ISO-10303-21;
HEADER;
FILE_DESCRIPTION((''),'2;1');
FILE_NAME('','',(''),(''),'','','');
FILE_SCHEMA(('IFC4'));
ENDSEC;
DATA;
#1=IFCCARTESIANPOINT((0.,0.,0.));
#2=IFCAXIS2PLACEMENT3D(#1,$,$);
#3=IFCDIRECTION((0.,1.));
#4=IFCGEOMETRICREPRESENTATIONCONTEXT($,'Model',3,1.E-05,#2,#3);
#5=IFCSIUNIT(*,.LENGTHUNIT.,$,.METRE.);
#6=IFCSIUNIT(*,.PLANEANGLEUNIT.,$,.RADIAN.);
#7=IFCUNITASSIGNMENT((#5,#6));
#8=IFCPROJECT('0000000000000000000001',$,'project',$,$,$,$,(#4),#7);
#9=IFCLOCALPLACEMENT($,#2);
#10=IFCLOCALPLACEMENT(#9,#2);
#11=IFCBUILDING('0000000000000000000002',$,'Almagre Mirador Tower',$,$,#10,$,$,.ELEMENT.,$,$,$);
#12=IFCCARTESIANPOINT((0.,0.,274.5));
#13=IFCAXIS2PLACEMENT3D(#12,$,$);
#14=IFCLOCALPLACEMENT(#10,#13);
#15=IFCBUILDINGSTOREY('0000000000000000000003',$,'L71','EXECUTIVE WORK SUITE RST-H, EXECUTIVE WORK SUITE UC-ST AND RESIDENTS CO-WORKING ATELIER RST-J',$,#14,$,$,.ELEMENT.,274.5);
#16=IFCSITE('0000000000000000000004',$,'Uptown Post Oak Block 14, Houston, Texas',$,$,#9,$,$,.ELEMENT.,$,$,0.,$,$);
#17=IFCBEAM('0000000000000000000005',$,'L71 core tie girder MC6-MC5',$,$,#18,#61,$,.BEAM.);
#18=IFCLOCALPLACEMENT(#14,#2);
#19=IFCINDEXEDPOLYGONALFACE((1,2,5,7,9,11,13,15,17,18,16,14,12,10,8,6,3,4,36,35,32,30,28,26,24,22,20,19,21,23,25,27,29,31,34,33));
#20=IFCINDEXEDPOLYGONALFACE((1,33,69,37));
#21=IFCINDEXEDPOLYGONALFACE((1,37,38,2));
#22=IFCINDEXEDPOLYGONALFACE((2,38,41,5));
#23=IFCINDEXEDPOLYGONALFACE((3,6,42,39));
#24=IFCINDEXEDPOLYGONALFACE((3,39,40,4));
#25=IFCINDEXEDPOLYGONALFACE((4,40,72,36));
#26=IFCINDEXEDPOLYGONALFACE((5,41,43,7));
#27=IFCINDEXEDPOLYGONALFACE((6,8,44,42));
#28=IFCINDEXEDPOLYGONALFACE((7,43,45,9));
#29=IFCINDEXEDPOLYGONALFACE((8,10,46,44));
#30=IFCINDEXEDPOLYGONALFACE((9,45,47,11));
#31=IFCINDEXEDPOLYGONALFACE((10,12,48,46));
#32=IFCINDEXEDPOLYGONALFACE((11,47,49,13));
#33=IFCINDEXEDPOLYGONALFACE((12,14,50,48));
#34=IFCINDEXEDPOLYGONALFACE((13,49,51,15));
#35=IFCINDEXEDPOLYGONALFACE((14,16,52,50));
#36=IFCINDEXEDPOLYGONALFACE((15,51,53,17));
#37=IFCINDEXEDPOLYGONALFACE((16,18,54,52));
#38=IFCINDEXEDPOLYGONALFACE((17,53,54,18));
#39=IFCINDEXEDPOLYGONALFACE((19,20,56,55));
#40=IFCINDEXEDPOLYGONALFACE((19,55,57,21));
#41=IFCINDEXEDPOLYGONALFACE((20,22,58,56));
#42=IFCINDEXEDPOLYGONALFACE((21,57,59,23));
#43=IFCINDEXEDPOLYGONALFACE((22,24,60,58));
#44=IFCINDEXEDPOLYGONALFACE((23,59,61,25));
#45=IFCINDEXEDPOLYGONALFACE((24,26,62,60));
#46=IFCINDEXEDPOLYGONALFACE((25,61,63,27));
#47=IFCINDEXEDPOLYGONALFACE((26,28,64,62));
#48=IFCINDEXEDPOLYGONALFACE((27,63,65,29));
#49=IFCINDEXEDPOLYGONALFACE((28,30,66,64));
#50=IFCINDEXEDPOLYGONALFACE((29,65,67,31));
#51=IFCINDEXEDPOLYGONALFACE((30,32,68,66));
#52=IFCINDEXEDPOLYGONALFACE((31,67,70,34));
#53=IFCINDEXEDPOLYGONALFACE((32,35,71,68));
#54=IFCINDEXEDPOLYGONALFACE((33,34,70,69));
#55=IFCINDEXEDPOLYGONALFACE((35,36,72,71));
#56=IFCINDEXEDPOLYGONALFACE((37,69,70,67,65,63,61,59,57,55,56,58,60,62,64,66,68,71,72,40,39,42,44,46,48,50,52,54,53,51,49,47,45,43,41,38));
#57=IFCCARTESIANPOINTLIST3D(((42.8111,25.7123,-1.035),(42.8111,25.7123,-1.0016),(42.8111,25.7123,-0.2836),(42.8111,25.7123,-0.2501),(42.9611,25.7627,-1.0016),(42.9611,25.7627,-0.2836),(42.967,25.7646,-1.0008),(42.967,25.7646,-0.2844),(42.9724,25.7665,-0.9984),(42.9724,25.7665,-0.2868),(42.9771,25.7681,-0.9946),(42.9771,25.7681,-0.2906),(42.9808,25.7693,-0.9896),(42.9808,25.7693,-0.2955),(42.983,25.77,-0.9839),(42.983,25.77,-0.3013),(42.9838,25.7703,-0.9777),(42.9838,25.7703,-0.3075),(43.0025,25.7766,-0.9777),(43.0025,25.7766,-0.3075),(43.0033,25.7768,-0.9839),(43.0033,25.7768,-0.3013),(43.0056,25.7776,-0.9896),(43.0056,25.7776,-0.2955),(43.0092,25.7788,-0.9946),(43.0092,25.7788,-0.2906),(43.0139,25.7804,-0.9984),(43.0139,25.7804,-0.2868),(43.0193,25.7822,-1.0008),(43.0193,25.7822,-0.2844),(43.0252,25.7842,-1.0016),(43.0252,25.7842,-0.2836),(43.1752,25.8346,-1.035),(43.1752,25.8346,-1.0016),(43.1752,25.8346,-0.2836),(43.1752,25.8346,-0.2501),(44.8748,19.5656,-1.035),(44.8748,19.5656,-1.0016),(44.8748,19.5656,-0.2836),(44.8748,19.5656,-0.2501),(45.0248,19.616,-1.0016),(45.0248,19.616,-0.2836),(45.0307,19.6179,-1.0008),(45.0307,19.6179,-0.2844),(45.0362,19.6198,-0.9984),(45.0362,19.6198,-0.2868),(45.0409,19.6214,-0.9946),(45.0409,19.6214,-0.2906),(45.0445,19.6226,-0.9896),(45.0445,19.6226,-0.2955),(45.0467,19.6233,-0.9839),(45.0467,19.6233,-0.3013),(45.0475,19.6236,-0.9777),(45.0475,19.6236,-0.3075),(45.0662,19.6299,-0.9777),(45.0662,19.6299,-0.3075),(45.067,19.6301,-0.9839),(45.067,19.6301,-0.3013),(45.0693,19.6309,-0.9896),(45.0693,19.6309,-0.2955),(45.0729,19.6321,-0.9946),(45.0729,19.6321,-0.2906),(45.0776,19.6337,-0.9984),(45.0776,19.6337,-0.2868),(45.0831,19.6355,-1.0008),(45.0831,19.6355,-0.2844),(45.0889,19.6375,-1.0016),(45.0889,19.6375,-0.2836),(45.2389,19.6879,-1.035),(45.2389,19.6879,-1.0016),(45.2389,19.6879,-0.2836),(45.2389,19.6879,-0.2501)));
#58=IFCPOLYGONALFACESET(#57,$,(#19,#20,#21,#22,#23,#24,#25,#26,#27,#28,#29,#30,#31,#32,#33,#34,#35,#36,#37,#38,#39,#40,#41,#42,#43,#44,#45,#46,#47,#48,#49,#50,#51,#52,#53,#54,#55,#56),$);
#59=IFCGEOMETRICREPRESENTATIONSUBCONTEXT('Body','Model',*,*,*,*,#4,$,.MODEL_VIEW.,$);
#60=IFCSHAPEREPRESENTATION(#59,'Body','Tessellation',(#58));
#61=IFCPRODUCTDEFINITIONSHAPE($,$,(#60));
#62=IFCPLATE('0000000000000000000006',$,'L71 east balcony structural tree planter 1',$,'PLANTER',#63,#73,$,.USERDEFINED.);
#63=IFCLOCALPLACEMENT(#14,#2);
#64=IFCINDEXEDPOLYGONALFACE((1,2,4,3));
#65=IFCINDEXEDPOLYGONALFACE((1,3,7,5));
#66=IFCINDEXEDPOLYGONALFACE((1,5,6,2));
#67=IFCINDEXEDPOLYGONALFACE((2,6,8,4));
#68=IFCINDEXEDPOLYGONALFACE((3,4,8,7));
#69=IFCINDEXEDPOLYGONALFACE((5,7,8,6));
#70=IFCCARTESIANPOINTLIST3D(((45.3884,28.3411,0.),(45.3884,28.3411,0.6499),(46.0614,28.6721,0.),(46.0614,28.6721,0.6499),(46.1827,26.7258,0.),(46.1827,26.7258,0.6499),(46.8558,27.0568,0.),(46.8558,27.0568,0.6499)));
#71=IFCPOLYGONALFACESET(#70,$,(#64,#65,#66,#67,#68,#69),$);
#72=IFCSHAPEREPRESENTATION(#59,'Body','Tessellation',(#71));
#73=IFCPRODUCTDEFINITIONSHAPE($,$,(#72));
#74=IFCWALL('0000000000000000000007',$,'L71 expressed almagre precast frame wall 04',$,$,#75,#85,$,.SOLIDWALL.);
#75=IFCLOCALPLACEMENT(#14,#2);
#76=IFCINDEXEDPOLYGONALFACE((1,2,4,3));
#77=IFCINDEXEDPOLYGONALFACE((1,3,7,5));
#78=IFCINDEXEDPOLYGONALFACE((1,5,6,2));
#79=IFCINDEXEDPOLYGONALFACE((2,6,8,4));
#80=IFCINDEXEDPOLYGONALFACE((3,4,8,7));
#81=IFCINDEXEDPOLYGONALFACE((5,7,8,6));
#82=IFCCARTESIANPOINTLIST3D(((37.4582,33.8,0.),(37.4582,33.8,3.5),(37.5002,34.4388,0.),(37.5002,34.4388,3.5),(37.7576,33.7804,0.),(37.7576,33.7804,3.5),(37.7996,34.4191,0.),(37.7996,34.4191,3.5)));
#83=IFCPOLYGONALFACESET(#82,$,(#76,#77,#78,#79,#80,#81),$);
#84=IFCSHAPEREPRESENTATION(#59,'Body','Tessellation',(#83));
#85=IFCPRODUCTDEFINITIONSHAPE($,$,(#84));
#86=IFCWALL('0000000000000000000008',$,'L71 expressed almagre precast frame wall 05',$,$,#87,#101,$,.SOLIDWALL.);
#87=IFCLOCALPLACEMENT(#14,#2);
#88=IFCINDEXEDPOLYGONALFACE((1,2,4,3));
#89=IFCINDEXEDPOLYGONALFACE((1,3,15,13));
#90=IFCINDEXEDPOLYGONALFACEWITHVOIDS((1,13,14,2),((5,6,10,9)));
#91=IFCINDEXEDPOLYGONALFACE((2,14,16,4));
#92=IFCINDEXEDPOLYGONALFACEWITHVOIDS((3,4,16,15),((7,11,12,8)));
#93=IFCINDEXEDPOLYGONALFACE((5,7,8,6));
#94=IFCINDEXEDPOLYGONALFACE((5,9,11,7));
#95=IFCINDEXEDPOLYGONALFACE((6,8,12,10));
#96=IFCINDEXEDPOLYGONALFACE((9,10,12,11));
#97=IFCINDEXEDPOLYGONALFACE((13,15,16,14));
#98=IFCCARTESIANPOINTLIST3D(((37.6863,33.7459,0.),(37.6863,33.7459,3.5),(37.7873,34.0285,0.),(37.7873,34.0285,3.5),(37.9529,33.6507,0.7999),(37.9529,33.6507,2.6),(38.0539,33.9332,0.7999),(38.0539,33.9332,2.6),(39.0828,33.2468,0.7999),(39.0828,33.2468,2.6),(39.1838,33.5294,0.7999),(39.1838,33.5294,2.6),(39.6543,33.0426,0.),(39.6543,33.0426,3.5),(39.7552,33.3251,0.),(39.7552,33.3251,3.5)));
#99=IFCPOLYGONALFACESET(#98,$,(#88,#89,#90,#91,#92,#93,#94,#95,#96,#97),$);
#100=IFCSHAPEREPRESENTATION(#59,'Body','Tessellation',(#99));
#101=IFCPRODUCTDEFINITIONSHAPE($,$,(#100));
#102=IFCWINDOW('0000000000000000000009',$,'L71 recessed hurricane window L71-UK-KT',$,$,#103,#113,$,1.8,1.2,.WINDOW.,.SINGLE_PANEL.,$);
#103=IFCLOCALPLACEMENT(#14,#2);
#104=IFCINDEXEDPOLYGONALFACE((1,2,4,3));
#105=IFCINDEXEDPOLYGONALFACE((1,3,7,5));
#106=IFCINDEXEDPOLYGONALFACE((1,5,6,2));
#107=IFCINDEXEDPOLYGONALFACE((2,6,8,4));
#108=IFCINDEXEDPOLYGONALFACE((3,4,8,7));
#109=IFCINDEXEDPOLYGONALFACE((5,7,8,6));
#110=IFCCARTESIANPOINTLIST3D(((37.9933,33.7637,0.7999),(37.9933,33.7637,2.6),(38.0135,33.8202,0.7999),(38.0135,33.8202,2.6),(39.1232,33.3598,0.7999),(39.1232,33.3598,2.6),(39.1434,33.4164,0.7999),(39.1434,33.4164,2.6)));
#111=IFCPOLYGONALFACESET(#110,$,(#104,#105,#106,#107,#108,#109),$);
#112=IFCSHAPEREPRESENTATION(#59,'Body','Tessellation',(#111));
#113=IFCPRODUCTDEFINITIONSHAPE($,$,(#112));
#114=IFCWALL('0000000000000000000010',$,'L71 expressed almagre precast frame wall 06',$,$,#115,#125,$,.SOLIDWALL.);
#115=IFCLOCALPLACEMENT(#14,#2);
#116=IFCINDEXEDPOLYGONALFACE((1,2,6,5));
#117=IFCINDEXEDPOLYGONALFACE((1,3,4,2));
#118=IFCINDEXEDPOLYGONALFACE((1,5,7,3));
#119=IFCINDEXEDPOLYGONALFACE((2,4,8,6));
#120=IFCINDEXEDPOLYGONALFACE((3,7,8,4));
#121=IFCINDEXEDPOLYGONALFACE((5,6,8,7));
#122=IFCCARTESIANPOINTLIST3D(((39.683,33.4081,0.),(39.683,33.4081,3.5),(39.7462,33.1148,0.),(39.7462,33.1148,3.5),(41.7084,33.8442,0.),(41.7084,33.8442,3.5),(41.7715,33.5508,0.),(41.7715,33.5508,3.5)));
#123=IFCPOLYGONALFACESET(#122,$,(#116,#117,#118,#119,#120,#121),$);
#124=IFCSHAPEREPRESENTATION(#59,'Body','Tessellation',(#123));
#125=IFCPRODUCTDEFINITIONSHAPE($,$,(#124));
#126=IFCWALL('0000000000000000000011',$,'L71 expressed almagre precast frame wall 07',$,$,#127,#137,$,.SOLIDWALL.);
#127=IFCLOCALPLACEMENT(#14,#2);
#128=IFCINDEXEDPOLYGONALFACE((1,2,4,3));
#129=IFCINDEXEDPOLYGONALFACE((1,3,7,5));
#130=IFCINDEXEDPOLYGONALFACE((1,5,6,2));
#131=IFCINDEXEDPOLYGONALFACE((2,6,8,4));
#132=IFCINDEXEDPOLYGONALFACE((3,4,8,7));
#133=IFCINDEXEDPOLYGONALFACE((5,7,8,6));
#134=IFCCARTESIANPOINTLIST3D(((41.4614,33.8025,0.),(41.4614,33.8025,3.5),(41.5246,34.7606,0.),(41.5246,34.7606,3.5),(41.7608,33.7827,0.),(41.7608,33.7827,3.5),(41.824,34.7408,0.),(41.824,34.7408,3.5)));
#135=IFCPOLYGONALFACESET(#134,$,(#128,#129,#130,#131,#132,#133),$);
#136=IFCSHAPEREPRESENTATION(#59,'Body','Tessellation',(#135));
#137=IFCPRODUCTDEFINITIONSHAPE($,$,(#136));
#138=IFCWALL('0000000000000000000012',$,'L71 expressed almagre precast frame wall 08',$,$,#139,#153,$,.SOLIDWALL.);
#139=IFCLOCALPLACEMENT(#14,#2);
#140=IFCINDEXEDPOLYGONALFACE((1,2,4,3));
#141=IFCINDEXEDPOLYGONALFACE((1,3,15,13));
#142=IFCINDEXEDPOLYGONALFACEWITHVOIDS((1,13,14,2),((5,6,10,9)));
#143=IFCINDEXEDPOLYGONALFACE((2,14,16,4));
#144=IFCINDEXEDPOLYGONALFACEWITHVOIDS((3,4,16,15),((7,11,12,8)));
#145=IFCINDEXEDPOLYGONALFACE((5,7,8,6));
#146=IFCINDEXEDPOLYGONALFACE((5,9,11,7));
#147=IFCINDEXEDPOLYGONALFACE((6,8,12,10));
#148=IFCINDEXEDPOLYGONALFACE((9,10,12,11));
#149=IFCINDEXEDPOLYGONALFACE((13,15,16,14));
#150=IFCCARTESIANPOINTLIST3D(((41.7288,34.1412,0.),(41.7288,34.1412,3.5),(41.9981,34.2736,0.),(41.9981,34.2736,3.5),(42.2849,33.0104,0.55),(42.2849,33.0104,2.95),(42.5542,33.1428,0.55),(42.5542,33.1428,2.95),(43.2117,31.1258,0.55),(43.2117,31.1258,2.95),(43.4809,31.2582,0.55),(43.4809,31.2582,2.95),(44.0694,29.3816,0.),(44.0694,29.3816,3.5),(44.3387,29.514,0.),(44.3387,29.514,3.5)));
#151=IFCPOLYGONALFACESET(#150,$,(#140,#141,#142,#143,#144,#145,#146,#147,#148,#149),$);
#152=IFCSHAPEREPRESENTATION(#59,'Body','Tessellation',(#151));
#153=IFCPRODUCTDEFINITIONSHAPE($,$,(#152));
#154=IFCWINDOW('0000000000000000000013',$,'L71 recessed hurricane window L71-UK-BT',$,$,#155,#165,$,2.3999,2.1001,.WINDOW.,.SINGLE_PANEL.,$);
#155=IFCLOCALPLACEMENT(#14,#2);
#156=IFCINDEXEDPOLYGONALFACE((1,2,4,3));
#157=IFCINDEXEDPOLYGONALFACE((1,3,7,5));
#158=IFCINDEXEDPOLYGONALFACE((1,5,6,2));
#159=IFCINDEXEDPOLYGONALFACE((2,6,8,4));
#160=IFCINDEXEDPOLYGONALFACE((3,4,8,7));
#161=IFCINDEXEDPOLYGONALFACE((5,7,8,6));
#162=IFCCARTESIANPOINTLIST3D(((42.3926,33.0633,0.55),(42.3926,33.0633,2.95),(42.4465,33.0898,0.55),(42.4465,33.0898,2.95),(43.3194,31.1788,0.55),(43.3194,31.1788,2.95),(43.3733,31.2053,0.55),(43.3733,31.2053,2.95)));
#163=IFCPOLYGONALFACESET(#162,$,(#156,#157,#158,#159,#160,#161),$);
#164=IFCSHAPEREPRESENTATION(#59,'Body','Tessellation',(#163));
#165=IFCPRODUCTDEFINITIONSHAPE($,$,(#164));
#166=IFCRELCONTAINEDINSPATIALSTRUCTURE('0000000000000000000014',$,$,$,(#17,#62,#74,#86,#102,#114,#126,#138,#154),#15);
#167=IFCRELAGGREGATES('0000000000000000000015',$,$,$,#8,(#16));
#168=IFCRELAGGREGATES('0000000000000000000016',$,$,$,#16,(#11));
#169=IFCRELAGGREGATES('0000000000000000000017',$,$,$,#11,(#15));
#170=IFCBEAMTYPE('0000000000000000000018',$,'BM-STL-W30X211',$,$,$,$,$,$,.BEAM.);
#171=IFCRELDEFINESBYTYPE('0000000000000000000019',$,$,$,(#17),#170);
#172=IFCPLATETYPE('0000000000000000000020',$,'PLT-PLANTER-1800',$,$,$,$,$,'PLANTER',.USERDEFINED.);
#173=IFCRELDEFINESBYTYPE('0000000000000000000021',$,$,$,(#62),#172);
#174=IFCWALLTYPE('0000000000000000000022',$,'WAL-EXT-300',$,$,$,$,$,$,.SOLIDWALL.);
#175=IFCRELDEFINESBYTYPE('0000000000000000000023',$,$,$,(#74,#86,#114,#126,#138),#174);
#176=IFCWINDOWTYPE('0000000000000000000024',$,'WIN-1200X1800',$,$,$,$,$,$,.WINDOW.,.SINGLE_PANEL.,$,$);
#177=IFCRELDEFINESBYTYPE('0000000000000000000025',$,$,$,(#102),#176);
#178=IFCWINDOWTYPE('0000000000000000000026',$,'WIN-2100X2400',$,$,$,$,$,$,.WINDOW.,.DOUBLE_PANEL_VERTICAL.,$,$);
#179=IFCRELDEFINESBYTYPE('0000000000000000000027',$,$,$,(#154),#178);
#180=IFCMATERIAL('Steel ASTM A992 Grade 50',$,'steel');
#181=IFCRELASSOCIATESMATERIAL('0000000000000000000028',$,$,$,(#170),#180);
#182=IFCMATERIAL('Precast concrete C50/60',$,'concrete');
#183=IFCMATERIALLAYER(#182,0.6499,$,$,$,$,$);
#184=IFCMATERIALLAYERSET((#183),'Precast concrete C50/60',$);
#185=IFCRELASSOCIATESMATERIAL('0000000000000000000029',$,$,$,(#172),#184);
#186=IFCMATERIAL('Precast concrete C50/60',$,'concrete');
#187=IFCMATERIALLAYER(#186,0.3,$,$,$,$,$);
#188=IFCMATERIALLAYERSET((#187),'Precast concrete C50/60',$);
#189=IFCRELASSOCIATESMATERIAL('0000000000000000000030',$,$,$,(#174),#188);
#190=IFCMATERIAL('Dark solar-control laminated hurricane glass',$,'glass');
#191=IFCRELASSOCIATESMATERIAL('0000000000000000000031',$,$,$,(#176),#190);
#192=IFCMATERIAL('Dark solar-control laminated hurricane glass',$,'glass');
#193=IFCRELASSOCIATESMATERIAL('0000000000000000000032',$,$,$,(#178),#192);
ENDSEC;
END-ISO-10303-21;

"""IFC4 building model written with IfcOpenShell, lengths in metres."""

from ifc_helpers import new_model, si_unit, direction, frame, frame_2d, origin, origin_2d, place, context, subcontext, project, spatial, rectangle, i_section, extrude, material, layer, layer_set, material_profile, profile_set, type_object, element, fill, save


model = new_model("IFC4")

# Units and contexts
model_context = context("Model", 3, precision=1e-05, world=origin(), true_north=direction((0.0, 1.0)))
body_context = subcontext(model_context, "Body", "Model", "MODEL_VIEW")
ifc_project = project(units=[si_unit("LENGTHUNIT", "METRE"), si_unit("PLANEANGLEUNIT", "RADIAN")], contexts=[model_context])

# Site, building, storey
site_placement = place(None, origin())
site = spatial("IfcSite", under=ifc_project, at=site_placement, Name="Uptown Post Oak Block 14, Houston, Texas", CompositionType="ELEMENT", RefElevation=0.0)
building_placement = place(site_placement, origin())
building = spatial("IfcBuilding", under=site, at=building_placement, Name="Almagre Mirador Tower", CompositionType="ELEMENT")
storey_placement = place(building_placement, frame((0.0, 0.0, 274.5)))
storey = spatial("IfcBuildingStorey", under=building, at=storey_placement, Name="L71", Description="EXECUTIVE WORK SUITE RST-H, EXECUTIVE WORK SUITE UC-ST AND RESIDENTS CO-WORKING ATELIER RST-J", CompositionType="ELEMENT", Elevation=274.5)

# Beam
ifc_material_1 = material(Name="Steel ASTM A992 Grade 50", Category="steel")
ifc_material_profile_1 = material_profile(ifc_material_1, i_section(OverallWidth=0.384, OverallDepth=0.7849, WebThickness=0.0198, FlangeThickness=0.0334, FilletRadius=0.0239, at=origin_2d()), Name="W30X211")
ifc_profile_set_1 = profile_set([ifc_material_profile_1], Name="Steel ASTM A992 Grade 50")
beam_type_1 = type_object("IfcBeamType", Name="BM-STL-W30X211", PredefinedType="BEAM", material=ifc_profile_set_1)
beam_1_placement = place(storey_placement, frame((42.9932, 25.7734, -0.6426), z_axis=(0.318283, -0.947996, 0.0), x_axis=(0.947996, 0.318283, 0.0)))
element("IfcBeam", 1, at=beam_1_placement, inside=storey, type_object=beam_type_1, Name="L71 core tie girder MC6-MC5", PredefinedType="BEAM", context=body_context, shape_type="SweptSolid", body=[
    extrude(i_section(OverallWidth=0.384, OverallDepth=0.7849, WebThickness=0.0198, FlangeThickness=0.0334, FilletRadius=0.0239, at=origin_2d()), origin(), (0.0, 0.0, 1.0), 6.4839),
])

# Plate
ifc_material_2 = material(Name="Precast concrete C50/60", Category="concrete")
ifc_layer_1 = layer(ifc_material_2, 0.6499)
ifc_layer_set_1 = layer_set([ifc_layer_1], Name="Precast concrete C50/60")
plate_type = type_object("IfcPlateType", Name="PLT-PLANTER-1800", ElementType="PLANTER", PredefinedType="USERDEFINED", material=ifc_layer_set_1)
plate_placement = place(storey_placement, frame((46.1221, 27.699, 0.0), z_axis=(0.0, 0.0, 1.0), x_axis=(-0.441287, 0.897366, 0.0)))
element("IfcPlate", 2, at=plate_placement, inside=storey, type_object=plate_type, Name="L71 east balcony structural tree planter 1", ObjectType="PLANTER", PredefinedType="USERDEFINED", context=body_context, shape_type="SweptSolid", body=[
    extrude(rectangle(XDim=1.8, YDim=0.75, at=origin_2d()), origin(), (0.0, 0.0, 1.0), 0.6499),
])

# Wall
ifc_material_3 = material(Name="Precast concrete C50/60", Category="concrete")
ifc_layer_2 = layer(ifc_material_3, 0.3)
ifc_layer_set_2 = layer_set([ifc_layer_2], Name="Precast concrete C50/60")
wall_type_1 = type_object("IfcWallType", Name="WAL-EXT-300", PredefinedType="SOLIDWALL", material=ifc_layer_set_2)
wall_1_placement = place(storey_placement, frame((37.6499, 34.429, 0.0), z_axis=(0.0, 0.0, 1.0), x_axis=(-0.065608, -0.997846, 0.0)))
element("IfcWall", 3, at=wall_1_placement, inside=storey, type_object=wall_type_1, Name="L71 expressed almagre precast frame wall 04", PredefinedType="SOLIDWALL", context=body_context, shape_type="SweptSolid", body=[
    extrude(rectangle(XDim=0.6401, YDim=0.3, at=frame_2d((0.3201, 0.0))), origin(), (0.0, 0.0, 1.0), 3.5),
])

# Wall, opening, window
wall_2_placement = place(storey_placement, frame((37.7368, 33.8872, 0.0), z_axis=(0.0, 0.0, 1.0), x_axis=(0.941665, -0.336551, 0.0)))
wall_2 = element("IfcWall", 4, at=wall_2_placement, inside=storey, type_object=wall_type_1, Name="L71 expressed almagre precast frame wall 05", PredefinedType="SOLIDWALL", context=body_context, shape_type="SweptSolid", body=[
    extrude(rectangle(XDim=2.0898, YDim=0.3, at=frame_2d((1.0449, 0.0))), origin(), (0.0, 0.0, 1.0), 3.5),
])
opening_1_placement = place(wall_2_placement, frame((0.283, 0.0, 0.8)))
opening_1 = element("IfcOpeningElement", 5, at=opening_1_placement, cuts=wall_2, PredefinedType="OPENING", context=body_context, shape_type="SweptSolid", body=[
    extrude(rectangle(XDim=1.2, YDim=1.8, at=frame_2d((0.6001, 0.8999))), frame((0.0, 0.1599, 0.0), z_axis=(0.0, -1.0, 0.0), x_axis=(1.0, 0.0, 0.0)), (0.0, 0.0, 1.0), 0.32),
])
ifc_material_4 = material(Name="Dark solar-control laminated hurricane glass", Category="glass")
window_type_1 = type_object("IfcWindowType", Name="WIN-1200X1800", PartitioningType="SINGLE_PANEL", PredefinedType="WINDOW", material=ifc_material_4)
window_1_placement = place(opening_1_placement, origin())
window_1 = element("IfcWindow", 6, at=window_1_placement, inside=storey, type_object=window_type_1, Name="L71 recessed hurricane window L71-UK-KT", OverallHeight=1.8, OverallWidth=1.2, PartitioningType="SINGLE_PANEL", PredefinedType="WINDOW", context=body_context, shape_type="SweptSolid", body=[
    extrude(rectangle(XDim=1.2, YDim=1.8, at=frame_2d((0.6001, 0.8999))), frame((0.0, 0.03, 0.0), z_axis=(0.0, -1.0, 0.0), x_axis=(1.0, 0.0, 0.0)), (0.0, 0.0, 1.0), 0.0601),
])
fill(opening_1, window_1)

# Walls
wall_3_placement = place(storey_placement, frame((39.7146, 33.2615, 0.0), z_axis=(0.0, 0.0, 1.0), x_axis=(0.977602, 0.210463, 0.0)))
element("IfcWall", 7, at=wall_3_placement, inside=storey, type_object=wall_type_1, Name="L71 expressed almagre precast frame wall 06", PredefinedType="SOLIDWALL", context=body_context, shape_type="SweptSolid", body=[
    extrude(rectangle(XDim=2.0718, YDim=0.3, at=frame_2d((1.0359, 0.0))), origin(), (0.0, 0.0, 1.0), 3.5),
])
wall_4_placement = place(storey_placement, frame((41.6111, 33.7927, 0.0), z_axis=(0.0, 0.0, 1.0), x_axis=(0.065861, 0.997829, 0.0)))
element("IfcWall", 8, at=wall_4_placement, inside=storey, type_object=wall_type_1, Name="L71 expressed almagre precast frame wall 07", PredefinedType="SOLIDWALL", context=body_context, shape_type="SweptSolid", body=[
    extrude(rectangle(XDim=0.9602, YDim=0.3, at=frame_2d((0.48, 0.0))), origin(), (0.0, 0.0, 1.0), 3.5),
])

# Wall, opening, window
wall_5_placement = place(storey_placement, frame((41.8635, 34.2073, 0.0), z_axis=(0.0, 0.0, 1.0), x_axis=(0.441294, -0.897363, 0.0)))
wall_5 = element("IfcWall", 9, at=wall_5_placement, inside=storey, type_object=wall_type_1, Name="L71 expressed almagre precast frame wall 08", PredefinedType="SOLIDWALL", context=body_context, shape_type="SweptSolid", body=[
    extrude(rectangle(XDim=5.304, YDim=0.3, at=frame_2d((2.6519, 0.0))), origin(), (0.0, 0.0, 1.0), 3.5),
])
opening_2_placement = place(wall_5_placement, frame((1.26, 0.0, 0.55)))
opening_2 = element("IfcOpeningElement", 10, at=opening_2_placement, cuts=wall_5, PredefinedType="OPENING", context=body_context, shape_type="SweptSolid", body=[
    extrude(rectangle(XDim=2.1001, YDim=2.3999, at=frame_2d((1.05, 1.2))), frame((0.0, 0.1599, 0.0), z_axis=(0.0, -1.0, 0.0), x_axis=(1.0, 0.0, 0.0)), (0.0, 0.0, 1.0), 0.32),
])
ifc_material_5 = material(Name="Dark solar-control laminated hurricane glass", Category="glass")
window_type_2 = type_object("IfcWindowType", Name="WIN-2100X2400", PartitioningType="DOUBLE_PANEL_VERTICAL", PredefinedType="WINDOW", material=ifc_material_5)
window_2_placement = place(opening_2_placement, origin())
window_2 = element("IfcWindow", 11, at=window_2_placement, inside=storey, type_object=window_type_2, Name="L71 recessed hurricane window L71-UK-BT", OverallHeight=2.3999, OverallWidth=2.1001, PartitioningType="SINGLE_PANEL", PredefinedType="WINDOW", context=body_context, shape_type="SweptSolid", body=[
    extrude(rectangle(XDim=2.1001, YDim=2.3999, at=frame_2d((1.05, 1.2))), frame((0.0, 0.03, 0.0), z_axis=(0.0, -1.0, 0.0), x_axis=(1.0, 0.0, 0.0)), (0.0, 0.0, 1.0), 0.0601),
])
fill(opening_2, window_2)

save(model, "model.ifc")
